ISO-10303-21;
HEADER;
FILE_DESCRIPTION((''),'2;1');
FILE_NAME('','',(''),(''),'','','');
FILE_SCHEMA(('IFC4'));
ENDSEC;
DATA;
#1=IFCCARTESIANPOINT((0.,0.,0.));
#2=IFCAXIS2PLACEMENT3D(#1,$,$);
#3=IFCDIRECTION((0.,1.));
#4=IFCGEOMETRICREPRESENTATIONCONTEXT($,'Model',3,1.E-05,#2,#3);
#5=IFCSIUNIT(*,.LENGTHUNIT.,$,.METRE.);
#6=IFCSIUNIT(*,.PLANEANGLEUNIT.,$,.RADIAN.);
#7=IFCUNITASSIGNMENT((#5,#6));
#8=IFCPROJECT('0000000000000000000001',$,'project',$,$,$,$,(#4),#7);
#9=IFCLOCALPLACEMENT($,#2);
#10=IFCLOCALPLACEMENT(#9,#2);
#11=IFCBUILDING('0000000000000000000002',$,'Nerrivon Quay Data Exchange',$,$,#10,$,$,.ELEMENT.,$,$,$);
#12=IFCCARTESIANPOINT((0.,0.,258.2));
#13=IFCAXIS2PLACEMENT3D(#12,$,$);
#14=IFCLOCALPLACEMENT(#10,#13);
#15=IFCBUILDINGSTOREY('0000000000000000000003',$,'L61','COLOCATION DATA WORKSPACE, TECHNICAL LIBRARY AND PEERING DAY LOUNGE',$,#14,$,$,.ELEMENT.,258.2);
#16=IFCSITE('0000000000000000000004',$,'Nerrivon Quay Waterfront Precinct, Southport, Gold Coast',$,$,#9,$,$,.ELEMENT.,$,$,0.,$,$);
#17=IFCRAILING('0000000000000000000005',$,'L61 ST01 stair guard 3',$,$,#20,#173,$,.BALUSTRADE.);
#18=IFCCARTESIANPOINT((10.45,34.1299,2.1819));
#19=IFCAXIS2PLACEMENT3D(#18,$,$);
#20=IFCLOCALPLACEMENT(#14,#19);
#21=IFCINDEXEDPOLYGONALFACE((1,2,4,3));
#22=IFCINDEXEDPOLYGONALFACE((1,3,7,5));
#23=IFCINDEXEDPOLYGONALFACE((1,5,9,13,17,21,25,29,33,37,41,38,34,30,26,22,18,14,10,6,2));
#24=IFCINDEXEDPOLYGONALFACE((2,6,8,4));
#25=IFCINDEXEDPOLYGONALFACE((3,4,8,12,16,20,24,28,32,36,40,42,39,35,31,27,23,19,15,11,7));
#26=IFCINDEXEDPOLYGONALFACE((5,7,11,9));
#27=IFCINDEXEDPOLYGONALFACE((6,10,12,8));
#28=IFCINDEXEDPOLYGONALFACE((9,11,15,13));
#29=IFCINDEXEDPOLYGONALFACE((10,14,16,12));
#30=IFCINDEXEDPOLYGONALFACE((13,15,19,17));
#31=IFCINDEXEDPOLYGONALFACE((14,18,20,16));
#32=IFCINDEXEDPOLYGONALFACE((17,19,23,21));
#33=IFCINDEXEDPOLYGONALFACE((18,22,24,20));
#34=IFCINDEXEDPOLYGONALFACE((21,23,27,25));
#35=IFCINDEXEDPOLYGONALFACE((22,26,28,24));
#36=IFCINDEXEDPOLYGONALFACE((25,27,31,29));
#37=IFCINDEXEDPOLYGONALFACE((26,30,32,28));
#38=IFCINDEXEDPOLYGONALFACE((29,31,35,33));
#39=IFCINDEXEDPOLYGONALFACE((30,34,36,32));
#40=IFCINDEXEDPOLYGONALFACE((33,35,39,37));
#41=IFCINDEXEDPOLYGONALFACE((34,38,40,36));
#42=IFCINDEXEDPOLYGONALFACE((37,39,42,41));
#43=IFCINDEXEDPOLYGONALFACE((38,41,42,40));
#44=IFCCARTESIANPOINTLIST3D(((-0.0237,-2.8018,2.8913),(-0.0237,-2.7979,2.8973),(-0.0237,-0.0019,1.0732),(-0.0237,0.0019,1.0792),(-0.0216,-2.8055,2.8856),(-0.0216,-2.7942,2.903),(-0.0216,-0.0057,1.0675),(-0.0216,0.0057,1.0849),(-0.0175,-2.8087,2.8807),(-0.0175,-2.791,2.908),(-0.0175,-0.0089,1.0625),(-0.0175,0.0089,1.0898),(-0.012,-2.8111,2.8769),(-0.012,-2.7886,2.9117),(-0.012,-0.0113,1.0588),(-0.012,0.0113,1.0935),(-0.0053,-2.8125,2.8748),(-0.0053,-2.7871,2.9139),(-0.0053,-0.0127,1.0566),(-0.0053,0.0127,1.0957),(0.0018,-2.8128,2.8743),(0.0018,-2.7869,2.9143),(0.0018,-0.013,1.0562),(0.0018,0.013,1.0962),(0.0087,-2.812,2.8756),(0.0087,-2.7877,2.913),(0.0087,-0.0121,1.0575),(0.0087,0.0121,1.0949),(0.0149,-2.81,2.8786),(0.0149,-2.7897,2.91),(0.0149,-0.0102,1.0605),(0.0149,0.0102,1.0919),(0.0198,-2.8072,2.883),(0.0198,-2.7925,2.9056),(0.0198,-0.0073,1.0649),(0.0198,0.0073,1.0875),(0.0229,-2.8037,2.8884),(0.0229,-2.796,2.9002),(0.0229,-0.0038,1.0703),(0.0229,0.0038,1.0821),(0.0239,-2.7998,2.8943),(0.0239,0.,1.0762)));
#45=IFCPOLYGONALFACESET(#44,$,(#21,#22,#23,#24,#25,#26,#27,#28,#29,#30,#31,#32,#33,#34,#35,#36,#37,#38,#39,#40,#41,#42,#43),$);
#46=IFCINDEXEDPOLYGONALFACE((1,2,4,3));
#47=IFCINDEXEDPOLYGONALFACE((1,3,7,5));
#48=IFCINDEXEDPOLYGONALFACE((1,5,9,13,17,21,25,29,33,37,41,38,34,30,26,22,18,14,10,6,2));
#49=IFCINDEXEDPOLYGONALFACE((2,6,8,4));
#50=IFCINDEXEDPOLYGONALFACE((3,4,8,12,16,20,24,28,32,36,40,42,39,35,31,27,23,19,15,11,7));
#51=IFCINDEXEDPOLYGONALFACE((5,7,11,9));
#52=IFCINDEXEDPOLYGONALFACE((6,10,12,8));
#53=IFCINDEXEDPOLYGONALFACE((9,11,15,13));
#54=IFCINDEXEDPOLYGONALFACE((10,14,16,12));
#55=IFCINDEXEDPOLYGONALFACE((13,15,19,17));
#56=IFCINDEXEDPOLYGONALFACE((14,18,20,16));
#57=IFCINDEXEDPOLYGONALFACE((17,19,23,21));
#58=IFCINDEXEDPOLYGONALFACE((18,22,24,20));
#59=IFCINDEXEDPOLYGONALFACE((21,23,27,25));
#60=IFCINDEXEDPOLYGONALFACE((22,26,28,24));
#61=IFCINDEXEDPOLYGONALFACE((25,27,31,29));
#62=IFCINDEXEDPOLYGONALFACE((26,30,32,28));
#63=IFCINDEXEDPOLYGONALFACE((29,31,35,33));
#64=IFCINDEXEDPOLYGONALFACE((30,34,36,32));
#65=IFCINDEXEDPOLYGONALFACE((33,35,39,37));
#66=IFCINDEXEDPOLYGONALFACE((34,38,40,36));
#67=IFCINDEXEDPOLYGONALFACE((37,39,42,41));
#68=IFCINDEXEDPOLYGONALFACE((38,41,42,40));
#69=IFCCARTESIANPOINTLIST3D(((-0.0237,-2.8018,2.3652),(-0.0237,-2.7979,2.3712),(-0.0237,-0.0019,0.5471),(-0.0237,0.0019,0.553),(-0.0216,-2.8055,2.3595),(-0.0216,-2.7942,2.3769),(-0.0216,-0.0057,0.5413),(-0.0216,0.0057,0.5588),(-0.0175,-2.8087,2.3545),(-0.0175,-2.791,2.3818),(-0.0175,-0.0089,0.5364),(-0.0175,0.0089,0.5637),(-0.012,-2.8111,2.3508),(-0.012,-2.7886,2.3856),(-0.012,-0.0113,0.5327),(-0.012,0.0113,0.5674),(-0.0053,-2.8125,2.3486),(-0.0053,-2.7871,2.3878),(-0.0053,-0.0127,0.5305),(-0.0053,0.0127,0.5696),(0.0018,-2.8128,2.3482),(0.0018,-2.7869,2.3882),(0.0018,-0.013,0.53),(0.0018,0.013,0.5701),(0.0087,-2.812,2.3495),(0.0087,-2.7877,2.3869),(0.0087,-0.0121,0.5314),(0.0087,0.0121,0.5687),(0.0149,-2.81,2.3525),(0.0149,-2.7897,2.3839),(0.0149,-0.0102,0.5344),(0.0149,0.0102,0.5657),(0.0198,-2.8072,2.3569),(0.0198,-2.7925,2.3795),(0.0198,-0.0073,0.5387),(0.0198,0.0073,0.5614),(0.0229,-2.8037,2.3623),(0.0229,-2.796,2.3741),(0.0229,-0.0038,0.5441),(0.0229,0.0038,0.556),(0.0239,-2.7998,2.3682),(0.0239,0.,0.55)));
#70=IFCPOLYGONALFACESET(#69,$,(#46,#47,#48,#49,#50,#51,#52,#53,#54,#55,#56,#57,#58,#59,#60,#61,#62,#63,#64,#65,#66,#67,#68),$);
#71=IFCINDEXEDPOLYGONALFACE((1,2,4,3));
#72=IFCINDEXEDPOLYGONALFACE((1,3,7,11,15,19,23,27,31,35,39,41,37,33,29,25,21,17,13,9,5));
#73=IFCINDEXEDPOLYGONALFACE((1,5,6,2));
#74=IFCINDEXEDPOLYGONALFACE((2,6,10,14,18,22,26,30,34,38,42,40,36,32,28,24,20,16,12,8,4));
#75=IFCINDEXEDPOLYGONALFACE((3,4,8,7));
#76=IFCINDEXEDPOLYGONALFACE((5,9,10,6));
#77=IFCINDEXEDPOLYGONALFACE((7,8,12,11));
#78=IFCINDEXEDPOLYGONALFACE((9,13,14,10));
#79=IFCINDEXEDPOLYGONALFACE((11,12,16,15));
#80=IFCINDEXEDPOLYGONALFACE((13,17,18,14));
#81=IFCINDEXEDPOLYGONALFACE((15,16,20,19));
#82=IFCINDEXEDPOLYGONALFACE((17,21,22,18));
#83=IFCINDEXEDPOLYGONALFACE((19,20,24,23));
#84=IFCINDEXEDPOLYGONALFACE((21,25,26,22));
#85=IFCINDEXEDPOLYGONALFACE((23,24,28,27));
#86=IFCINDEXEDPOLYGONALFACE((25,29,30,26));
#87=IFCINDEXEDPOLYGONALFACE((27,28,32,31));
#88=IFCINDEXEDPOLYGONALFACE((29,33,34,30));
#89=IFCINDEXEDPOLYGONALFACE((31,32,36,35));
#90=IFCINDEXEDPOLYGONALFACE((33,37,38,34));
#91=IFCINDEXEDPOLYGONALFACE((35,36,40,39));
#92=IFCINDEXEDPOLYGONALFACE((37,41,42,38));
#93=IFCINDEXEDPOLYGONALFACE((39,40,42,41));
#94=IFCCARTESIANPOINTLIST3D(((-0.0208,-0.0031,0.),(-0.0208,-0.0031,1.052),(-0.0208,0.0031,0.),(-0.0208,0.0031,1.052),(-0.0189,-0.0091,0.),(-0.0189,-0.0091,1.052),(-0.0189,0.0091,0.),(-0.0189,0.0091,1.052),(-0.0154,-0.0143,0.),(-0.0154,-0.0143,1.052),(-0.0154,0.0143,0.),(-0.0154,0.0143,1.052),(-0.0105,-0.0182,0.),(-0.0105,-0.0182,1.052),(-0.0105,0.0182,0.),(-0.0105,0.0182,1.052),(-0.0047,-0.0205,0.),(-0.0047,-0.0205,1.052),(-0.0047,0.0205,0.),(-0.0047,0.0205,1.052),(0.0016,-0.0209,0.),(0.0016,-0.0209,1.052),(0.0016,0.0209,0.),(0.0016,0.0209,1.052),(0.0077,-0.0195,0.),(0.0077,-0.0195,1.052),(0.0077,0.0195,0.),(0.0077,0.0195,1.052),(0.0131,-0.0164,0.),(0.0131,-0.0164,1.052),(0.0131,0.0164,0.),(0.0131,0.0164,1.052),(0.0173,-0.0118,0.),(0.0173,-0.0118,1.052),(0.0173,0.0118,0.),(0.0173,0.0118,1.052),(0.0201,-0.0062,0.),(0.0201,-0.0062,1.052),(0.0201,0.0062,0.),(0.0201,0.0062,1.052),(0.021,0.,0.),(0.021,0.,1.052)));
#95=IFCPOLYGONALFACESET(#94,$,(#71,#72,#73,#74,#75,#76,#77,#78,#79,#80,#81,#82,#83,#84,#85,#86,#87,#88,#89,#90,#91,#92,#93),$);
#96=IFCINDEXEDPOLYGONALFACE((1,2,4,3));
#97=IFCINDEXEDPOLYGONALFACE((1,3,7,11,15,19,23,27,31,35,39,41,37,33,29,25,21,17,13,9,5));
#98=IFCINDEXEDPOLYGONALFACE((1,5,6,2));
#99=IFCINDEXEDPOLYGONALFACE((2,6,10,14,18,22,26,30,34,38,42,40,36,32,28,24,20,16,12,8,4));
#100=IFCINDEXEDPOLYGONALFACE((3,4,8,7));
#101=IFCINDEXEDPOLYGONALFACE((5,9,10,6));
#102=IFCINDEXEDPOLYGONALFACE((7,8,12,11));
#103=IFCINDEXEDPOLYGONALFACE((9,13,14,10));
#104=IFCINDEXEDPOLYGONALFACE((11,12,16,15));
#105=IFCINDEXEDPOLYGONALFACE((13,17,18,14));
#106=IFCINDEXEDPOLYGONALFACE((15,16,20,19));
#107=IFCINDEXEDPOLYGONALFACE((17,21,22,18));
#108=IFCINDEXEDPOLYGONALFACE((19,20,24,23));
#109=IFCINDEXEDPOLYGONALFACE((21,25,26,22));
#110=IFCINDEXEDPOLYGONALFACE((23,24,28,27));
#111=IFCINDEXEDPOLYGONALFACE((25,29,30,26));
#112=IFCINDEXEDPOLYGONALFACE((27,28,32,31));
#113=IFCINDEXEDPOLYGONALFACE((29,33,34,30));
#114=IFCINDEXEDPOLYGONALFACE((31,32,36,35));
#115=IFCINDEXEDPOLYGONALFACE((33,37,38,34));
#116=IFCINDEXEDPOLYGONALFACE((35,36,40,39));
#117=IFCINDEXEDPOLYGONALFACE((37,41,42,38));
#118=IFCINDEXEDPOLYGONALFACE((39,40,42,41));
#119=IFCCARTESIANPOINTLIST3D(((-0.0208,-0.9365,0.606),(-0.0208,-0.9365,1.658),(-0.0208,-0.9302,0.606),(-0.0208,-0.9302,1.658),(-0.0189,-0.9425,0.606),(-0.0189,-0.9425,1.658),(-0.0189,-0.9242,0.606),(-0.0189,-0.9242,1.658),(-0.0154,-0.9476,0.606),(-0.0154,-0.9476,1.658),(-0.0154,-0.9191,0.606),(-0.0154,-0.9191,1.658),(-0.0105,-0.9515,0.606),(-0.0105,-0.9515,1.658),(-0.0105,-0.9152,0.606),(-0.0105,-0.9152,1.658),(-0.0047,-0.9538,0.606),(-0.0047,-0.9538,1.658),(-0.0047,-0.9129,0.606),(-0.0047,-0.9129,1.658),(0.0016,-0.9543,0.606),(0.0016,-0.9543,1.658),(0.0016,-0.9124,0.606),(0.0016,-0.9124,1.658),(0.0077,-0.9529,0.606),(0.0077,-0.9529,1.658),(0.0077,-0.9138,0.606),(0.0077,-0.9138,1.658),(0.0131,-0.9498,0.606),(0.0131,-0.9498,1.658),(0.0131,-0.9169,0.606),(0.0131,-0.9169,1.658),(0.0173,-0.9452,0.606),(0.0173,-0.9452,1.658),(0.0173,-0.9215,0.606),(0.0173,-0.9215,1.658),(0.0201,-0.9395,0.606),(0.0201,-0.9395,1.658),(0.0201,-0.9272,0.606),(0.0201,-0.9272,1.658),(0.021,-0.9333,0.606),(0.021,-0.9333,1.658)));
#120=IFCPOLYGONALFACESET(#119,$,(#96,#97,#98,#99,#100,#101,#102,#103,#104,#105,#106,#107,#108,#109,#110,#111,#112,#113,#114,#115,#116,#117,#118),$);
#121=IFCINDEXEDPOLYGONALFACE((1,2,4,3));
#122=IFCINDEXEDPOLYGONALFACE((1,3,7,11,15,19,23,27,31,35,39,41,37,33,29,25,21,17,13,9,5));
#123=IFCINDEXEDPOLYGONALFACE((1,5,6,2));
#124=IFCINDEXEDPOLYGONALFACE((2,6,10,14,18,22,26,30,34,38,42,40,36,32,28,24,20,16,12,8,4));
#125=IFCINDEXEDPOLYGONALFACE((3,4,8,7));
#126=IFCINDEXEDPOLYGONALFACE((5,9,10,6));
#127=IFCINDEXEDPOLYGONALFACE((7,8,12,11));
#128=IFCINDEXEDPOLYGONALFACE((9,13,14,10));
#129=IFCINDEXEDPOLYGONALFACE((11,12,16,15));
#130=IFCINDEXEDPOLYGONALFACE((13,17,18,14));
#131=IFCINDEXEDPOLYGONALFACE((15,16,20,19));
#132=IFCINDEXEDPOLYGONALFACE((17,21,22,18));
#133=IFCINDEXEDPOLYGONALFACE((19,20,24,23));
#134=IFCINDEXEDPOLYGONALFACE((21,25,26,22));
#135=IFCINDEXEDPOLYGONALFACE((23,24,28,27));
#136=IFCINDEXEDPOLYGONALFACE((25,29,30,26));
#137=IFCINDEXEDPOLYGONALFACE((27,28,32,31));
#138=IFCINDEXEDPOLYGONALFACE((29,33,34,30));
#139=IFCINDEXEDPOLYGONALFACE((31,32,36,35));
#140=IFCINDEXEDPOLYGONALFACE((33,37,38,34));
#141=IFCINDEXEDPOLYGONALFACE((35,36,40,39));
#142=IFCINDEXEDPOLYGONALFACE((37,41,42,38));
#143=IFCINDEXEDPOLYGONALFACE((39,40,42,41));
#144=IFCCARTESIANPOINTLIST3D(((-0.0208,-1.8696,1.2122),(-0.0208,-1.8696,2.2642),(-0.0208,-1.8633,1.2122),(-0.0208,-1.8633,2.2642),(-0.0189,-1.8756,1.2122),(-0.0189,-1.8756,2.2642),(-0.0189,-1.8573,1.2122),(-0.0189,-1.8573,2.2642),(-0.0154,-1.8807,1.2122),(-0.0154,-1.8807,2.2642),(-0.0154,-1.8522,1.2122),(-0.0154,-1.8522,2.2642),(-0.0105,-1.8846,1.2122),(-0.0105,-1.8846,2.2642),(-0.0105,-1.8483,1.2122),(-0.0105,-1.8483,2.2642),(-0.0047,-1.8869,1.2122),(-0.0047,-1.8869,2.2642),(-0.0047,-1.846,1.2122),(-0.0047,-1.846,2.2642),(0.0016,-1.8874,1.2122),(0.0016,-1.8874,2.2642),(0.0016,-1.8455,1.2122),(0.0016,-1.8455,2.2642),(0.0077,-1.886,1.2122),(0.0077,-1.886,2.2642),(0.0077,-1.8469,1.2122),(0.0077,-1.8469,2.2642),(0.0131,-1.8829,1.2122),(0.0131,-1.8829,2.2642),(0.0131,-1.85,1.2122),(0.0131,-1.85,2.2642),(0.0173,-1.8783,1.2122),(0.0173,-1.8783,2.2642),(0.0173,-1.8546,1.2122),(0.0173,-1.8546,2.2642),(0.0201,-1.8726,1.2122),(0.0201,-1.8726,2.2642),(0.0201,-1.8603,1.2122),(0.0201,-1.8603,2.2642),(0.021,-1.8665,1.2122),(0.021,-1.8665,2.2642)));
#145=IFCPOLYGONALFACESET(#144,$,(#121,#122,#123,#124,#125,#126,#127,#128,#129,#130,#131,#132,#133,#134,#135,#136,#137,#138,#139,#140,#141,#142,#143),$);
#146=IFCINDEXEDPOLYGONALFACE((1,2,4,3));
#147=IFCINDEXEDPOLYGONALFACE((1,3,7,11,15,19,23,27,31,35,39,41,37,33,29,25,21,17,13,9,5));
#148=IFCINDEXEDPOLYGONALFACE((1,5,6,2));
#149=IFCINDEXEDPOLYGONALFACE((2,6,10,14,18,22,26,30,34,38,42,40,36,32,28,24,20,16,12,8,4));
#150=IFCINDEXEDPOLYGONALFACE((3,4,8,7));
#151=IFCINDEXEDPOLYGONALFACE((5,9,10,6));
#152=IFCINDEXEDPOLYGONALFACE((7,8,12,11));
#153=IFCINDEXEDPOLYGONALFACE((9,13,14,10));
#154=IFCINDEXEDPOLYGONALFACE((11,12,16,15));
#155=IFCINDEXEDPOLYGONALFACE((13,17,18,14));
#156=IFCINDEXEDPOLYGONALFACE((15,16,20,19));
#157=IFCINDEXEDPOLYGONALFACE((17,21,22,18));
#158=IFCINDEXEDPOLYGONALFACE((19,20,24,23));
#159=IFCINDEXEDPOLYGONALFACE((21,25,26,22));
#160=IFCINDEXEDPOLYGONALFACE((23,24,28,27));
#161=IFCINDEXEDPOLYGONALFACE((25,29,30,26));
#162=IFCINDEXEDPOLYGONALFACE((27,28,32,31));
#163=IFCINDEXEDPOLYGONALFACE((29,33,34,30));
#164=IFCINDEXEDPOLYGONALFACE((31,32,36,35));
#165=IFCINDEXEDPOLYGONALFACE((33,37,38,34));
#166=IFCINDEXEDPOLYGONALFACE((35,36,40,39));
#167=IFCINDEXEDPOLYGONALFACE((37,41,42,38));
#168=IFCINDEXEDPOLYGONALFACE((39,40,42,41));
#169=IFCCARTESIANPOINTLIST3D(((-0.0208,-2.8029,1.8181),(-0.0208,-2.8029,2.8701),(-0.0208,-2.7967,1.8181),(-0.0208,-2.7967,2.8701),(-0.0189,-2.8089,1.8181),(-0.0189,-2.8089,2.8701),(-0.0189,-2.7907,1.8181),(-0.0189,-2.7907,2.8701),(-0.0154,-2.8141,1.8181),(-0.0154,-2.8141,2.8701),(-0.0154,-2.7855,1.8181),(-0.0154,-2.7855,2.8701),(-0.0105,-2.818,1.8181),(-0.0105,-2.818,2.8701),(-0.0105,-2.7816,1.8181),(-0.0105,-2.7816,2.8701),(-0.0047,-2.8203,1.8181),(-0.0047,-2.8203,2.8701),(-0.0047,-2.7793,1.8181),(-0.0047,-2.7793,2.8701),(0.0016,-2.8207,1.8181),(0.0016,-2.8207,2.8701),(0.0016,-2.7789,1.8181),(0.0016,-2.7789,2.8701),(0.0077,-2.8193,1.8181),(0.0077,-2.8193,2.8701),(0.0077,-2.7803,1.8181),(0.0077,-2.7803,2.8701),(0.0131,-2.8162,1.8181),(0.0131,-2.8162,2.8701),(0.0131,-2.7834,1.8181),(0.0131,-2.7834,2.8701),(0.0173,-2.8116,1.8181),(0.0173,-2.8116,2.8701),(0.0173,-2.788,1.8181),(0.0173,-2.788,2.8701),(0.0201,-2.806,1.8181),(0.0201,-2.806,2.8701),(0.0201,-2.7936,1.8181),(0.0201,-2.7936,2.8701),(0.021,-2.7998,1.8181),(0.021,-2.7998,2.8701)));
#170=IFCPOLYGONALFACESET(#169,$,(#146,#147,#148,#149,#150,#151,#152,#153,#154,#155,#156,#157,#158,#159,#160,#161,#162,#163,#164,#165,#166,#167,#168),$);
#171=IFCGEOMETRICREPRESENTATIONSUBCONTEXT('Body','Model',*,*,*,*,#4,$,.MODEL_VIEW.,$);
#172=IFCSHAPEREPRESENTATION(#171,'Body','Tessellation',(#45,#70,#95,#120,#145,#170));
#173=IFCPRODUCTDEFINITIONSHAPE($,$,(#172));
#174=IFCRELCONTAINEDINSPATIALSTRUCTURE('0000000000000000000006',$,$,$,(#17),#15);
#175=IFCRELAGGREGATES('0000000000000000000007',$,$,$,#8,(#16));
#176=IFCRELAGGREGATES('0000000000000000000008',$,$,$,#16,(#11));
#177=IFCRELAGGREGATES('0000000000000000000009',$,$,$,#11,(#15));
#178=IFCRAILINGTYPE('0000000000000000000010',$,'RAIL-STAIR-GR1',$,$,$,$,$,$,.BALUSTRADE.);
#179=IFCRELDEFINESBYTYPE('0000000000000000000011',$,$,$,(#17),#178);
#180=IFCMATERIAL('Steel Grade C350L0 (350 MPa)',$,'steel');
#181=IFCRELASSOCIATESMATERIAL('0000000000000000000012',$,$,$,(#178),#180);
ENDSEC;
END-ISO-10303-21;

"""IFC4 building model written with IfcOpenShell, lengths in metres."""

from ifc_helpers import new_model, si_unit, direction, frame, origin, origin_2d, place, context, subcontext, project, spatial, circle, extrude, material, type_object, element, save


model = new_model("IFC4")

# Units and contexts
model_context = context("Model", 3, precision=1e-05, world=origin(), true_north=direction((0.0, 1.0)))
body_context = subcontext(model_context, "Body", "Model", "MODEL_VIEW")
ifc_project = project(units=[si_unit("LENGTHUNIT", "METRE"), si_unit("PLANEANGLEUNIT", "RADIAN")], contexts=[model_context])

# Site, building, storey
site_placement = place(None, origin())
site = spatial("IfcSite", under=ifc_project, at=site_placement, Name="Nerrivon Quay Waterfront Precinct, Southport, Gold Coast", CompositionType="ELEMENT", RefElevation=0.0)
building_placement = place(site_placement, origin())
building = spatial("IfcBuilding", under=site, at=building_placement, Name="Nerrivon Quay Data Exchange", CompositionType="ELEMENT")
storey_placement = place(building_placement, frame((0.0, 0.0, 258.2)))
storey = spatial("IfcBuildingStorey", under=building, at=storey_placement, Name="L61", Description="COLOCATION DATA WORKSPACE, TECHNICAL LIBRARY AND PEERING DAY LOUNGE", CompositionType="ELEMENT", Elevation=258.2)

# Shared definitions
ifc_material_1 = material(Name="Steel Grade C350L0 (350 MPa)", Category="steel")

# Railing
railing_type_1 = type_object("IfcRailingType", Name="RAIL-STAIR-GR1", PredefinedType="BALUSTRADE", material=ifc_material_1)
railing_1_placement = place(storey_placement, frame((10.45, 34.1299, 2.1819)))
element("IfcRailing", 1, at=railing_1_placement, inside=storey, type_object=railing_type_1, Name="L61 ST01 stair guard 3", PredefinedType="BALUSTRADE", context=body_context, shape_type="SweptSolid", body=[
    extrude(circle(Radius=0.0239, at=origin_2d()), frame((0.0, 0.0, 1.0762), z_axis=(0.0, -0.838684, 0.544618), x_axis=(1.0, 0.0, 0.0)), (0.0, 0.0, 1.0), 3.3384),
    extrude(circle(Radius=0.0239, at=origin_2d()), frame((0.0, 0.0, 0.55), z_axis=(0.0, -0.838684, 0.544618), x_axis=(1.0, 0.0, 0.0)), (0.0, 0.0, 1.0), 3.3384),
    extrude(circle(Radius=0.021, at=origin_2d()), origin(), (0.0, 0.0, 1.0), 1.052),
    extrude(circle(Radius=0.021, at=origin_2d()), frame((0.0, -0.9333, 0.606)), (0.0, 0.0, 1.0), 1.052),
    extrude(circle(Radius=0.021, at=origin_2d()), frame((0.0, -1.8665, 1.2122)), (0.0, 0.0, 1.0), 1.052),
    extrude(circle(Radius=0.021, at=origin_2d()), frame((0.0, -2.7998, 1.8181)), (0.0, 0.0, 1.0), 1.052),
])

save(model, "model.ifc")
